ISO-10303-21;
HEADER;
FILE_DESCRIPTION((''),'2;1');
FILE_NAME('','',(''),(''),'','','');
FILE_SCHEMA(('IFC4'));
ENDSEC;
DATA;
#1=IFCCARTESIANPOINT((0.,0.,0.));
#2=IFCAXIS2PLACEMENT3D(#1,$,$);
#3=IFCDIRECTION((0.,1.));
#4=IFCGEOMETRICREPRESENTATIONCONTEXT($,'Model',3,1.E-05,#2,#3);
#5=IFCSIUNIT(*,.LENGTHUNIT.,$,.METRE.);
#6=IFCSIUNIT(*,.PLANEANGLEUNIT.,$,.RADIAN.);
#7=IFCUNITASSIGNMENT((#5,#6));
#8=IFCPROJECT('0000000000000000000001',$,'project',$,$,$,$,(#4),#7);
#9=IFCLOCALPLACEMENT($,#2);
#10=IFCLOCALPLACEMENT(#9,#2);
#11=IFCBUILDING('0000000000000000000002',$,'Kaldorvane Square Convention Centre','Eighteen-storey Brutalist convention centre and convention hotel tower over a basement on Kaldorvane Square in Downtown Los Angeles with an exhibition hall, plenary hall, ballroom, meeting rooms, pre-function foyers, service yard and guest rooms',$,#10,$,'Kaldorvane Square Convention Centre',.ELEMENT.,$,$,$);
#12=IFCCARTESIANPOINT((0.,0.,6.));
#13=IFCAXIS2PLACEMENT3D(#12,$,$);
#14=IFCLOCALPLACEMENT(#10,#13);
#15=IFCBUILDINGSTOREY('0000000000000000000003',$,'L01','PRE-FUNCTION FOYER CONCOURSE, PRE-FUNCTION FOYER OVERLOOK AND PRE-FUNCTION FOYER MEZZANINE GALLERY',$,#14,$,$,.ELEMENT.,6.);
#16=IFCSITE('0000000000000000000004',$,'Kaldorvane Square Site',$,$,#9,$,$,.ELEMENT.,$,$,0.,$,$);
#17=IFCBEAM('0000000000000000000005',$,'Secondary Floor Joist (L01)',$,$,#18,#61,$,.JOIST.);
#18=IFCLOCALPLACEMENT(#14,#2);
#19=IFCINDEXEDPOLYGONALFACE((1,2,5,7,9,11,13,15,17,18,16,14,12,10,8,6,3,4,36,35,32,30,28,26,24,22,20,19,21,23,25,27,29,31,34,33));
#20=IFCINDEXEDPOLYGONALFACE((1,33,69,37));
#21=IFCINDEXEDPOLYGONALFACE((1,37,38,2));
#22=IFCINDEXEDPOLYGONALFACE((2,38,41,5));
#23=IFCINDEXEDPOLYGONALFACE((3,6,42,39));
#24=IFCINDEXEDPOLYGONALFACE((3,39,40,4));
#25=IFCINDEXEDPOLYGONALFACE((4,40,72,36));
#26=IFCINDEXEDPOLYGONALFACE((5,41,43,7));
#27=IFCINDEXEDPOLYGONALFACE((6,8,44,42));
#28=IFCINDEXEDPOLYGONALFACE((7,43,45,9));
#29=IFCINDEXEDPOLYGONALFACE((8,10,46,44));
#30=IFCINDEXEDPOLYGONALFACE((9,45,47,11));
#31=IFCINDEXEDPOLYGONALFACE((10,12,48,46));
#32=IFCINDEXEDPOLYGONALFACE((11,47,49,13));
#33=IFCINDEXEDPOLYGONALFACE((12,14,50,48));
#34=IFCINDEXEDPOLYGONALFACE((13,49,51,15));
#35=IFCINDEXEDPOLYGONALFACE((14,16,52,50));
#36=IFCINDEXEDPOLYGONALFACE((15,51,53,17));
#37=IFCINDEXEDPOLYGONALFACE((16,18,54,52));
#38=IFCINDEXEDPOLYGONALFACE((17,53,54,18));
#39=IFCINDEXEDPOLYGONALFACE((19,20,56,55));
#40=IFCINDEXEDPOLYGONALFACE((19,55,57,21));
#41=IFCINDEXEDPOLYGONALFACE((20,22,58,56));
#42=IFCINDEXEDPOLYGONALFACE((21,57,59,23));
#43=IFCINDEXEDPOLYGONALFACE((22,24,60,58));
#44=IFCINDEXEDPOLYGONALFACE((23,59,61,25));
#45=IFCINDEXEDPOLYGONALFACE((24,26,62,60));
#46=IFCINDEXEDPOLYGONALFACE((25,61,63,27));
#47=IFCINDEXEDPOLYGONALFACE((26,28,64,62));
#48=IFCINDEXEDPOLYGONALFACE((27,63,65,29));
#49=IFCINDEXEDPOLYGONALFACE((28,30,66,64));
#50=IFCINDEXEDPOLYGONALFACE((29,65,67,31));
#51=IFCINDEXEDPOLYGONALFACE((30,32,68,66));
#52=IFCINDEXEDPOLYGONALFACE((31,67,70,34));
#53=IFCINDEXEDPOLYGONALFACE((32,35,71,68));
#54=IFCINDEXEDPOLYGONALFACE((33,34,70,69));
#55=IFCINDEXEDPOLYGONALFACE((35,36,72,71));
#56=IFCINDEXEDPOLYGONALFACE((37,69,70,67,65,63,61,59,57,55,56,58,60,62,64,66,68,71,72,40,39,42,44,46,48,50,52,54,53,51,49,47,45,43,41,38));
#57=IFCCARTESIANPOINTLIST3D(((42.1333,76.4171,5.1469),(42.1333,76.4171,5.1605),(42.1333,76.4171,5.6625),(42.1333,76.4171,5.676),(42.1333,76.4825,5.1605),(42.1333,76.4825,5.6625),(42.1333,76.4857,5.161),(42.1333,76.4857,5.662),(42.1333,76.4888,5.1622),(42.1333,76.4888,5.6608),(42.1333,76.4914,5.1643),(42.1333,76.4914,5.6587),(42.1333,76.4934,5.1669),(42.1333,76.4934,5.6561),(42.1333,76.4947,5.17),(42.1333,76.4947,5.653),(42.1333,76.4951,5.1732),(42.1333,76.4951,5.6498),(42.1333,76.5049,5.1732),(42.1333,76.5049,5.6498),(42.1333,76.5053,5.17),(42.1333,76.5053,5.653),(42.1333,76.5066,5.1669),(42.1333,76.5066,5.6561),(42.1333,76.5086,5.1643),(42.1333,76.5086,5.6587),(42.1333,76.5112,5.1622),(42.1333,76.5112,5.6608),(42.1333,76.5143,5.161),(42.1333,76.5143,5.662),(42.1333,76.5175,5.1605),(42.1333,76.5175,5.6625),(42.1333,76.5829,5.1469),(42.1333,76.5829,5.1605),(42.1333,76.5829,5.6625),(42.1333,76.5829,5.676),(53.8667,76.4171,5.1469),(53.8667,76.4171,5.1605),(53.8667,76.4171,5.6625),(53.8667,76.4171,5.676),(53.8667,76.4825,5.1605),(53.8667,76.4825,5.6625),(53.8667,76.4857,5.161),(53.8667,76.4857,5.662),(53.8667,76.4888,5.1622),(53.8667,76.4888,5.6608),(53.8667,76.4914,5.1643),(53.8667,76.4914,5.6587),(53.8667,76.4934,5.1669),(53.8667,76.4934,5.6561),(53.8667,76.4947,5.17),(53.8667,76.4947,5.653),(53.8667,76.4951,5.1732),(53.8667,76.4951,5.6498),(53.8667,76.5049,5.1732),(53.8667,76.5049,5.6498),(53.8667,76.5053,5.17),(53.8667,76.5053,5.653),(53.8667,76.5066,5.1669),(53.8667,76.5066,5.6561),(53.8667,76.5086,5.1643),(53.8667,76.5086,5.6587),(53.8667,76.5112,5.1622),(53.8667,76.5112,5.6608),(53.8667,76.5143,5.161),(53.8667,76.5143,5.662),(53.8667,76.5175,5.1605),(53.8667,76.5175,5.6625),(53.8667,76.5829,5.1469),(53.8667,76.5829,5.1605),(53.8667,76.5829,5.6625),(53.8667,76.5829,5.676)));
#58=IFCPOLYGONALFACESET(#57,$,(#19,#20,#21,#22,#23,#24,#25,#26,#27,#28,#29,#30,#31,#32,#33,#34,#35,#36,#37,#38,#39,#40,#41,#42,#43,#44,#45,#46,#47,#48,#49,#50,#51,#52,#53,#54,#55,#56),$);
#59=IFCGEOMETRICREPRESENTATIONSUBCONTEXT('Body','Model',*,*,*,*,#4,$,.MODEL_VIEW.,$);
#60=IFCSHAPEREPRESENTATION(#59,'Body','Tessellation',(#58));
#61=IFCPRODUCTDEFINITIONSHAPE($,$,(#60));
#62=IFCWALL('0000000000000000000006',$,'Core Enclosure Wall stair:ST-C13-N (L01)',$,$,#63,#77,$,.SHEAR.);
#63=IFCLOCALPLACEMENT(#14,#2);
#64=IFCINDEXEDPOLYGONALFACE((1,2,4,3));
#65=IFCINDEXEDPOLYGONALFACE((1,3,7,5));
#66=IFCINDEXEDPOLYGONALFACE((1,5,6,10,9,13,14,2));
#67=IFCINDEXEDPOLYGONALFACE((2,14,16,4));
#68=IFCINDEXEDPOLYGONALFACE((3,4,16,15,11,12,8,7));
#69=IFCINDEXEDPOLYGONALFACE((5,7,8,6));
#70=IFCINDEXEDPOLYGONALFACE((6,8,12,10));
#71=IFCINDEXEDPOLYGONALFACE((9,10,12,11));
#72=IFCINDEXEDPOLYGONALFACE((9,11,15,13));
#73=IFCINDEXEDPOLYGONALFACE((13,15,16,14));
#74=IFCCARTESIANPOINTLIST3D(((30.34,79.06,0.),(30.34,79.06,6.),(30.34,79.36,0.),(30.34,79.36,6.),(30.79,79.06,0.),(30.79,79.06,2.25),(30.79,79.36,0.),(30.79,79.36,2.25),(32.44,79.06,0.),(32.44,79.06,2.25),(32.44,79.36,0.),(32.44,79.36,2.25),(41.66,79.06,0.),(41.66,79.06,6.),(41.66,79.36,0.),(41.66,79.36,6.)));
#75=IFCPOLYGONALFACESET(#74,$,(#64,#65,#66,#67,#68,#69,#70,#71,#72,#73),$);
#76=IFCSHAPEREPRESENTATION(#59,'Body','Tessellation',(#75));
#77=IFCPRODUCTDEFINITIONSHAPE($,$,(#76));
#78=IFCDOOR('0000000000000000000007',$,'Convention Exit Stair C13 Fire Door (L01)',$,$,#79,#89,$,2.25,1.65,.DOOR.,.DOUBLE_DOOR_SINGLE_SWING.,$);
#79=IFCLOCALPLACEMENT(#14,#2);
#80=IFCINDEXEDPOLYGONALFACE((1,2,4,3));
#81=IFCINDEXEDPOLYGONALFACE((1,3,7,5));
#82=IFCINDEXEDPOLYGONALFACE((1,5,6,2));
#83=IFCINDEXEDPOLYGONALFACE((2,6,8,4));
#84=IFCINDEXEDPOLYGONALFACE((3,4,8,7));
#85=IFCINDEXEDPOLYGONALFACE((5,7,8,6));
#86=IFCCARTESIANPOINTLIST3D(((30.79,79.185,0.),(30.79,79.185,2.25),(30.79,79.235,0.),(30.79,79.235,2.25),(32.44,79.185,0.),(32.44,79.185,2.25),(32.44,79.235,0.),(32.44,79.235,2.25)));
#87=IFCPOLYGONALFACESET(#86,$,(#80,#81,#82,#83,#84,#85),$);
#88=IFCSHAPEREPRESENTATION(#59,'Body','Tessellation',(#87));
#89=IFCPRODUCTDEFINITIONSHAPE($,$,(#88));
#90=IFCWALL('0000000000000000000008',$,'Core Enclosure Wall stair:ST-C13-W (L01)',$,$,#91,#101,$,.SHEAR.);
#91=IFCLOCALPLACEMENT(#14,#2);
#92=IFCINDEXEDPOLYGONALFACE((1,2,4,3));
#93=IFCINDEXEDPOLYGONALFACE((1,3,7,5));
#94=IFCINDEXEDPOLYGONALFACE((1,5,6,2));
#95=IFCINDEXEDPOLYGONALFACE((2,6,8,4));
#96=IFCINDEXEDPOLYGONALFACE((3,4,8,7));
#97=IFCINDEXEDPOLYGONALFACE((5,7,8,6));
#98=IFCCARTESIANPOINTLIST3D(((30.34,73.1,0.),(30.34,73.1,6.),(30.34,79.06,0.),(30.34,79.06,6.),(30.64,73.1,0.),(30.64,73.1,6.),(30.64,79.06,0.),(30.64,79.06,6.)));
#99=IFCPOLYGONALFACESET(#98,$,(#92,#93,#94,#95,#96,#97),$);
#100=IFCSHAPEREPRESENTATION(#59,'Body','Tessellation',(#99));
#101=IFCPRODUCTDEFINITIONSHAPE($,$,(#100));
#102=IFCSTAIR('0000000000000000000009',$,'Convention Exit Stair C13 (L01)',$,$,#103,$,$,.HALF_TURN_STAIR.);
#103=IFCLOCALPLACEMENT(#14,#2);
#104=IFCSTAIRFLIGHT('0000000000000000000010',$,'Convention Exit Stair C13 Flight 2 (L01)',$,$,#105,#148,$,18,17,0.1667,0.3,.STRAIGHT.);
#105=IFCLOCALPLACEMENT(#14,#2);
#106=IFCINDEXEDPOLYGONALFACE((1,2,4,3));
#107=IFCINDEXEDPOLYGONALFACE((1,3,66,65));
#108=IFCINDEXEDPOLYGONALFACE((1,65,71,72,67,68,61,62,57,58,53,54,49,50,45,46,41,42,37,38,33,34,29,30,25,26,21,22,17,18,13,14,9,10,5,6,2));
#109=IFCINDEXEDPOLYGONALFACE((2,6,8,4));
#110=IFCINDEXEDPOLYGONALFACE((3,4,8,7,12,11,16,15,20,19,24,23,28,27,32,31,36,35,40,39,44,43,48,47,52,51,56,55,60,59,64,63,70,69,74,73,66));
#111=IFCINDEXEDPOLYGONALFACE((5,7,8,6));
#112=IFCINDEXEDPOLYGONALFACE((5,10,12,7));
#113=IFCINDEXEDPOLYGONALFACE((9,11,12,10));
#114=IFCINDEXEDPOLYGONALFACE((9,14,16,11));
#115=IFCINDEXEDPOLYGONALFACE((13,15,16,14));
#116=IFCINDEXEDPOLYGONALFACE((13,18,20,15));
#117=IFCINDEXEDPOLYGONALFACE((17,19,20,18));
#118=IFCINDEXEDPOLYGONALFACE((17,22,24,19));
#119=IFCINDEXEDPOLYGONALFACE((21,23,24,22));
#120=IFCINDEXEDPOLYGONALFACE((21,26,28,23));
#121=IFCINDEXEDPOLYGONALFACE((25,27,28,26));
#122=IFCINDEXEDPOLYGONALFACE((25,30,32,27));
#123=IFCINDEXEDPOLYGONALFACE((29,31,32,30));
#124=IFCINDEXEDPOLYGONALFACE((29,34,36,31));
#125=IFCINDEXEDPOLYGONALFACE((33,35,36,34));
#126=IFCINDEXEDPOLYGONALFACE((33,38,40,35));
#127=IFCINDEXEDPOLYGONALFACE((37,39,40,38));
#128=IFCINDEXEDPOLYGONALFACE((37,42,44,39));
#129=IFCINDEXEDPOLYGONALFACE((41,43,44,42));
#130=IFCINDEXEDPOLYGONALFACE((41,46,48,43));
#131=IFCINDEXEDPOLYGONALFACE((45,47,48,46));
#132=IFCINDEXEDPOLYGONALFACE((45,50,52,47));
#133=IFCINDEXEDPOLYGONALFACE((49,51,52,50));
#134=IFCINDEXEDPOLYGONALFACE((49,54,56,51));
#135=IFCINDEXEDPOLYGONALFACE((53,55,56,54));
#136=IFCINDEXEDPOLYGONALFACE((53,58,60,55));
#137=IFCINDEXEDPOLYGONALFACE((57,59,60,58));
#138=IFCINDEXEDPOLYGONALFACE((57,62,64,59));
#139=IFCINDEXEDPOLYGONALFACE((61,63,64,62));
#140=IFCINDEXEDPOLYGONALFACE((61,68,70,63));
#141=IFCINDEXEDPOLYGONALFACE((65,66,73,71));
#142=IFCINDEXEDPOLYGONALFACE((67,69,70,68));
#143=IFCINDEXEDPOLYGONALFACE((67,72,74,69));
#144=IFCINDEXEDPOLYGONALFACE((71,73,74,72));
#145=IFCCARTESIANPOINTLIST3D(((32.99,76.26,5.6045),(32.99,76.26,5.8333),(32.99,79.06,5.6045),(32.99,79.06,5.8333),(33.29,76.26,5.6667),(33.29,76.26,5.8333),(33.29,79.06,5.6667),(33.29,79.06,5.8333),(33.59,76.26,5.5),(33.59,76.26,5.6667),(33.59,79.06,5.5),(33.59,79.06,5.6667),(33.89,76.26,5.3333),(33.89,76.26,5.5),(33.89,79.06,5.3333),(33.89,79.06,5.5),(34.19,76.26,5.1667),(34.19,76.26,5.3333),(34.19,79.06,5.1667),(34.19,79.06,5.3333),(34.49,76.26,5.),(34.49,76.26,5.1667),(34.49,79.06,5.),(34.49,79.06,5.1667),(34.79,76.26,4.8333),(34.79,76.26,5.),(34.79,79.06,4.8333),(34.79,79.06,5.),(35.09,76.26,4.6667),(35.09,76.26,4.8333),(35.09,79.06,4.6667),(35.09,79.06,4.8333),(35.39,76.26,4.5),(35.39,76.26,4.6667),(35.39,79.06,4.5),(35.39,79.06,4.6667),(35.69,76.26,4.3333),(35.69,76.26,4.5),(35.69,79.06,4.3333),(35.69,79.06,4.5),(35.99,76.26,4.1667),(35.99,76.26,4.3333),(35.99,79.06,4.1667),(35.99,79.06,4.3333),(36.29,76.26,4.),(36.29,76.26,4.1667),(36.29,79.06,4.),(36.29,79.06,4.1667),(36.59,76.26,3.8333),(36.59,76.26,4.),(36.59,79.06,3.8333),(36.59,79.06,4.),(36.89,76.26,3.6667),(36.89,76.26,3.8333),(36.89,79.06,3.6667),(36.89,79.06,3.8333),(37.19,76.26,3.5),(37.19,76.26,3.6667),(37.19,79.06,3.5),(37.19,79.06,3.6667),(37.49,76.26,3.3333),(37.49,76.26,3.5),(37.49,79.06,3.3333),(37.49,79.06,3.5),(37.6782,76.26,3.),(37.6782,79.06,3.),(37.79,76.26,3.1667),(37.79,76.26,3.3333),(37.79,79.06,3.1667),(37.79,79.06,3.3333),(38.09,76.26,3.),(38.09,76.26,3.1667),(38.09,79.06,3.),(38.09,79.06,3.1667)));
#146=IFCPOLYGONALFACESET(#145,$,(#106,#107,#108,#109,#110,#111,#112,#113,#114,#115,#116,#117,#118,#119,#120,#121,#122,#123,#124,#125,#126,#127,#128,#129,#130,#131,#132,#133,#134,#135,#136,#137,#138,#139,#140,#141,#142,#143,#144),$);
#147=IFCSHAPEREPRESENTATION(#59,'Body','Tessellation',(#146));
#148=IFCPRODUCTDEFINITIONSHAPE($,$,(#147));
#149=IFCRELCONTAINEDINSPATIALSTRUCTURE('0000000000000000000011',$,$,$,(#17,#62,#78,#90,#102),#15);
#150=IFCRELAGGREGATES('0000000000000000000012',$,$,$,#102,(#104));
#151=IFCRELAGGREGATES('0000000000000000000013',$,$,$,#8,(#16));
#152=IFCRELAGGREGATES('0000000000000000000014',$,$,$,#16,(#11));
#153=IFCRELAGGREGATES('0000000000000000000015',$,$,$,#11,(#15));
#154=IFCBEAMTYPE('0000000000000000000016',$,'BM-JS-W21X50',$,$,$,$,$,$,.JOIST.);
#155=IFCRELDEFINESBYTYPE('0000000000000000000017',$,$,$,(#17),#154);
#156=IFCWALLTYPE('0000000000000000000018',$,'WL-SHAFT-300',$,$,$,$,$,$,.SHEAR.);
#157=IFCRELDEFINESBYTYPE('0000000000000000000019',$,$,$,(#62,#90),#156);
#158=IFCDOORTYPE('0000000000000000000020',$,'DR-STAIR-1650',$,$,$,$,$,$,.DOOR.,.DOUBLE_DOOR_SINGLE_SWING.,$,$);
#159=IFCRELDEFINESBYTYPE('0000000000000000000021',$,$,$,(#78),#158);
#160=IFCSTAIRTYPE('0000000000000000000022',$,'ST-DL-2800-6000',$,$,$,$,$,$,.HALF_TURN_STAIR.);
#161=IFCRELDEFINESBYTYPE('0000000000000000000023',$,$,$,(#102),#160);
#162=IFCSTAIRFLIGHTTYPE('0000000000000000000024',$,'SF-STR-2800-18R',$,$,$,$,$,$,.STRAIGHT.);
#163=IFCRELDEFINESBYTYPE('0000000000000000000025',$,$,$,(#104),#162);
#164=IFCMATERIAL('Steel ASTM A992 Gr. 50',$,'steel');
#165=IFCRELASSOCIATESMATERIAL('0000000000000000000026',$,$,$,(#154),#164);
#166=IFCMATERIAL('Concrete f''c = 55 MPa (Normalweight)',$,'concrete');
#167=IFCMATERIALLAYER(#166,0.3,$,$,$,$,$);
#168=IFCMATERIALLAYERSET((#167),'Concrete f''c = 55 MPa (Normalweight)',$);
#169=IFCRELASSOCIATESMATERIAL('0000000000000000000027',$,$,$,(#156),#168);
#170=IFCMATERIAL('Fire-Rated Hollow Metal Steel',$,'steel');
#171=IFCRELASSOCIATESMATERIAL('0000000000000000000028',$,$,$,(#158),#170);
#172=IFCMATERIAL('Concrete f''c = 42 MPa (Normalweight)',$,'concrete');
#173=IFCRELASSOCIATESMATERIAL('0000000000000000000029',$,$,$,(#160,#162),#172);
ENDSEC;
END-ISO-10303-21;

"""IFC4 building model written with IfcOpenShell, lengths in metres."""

from ifc_helpers import new_model, si_unit, direction, frame, frame_2d, origin, origin_2d, place, context, subcontext, project, spatial, polyline, rectangle, i_section, outline, extrude, material, layer, layer_set, material_profile, profile_set, type_object, element, fill, aggregate, save


model = new_model("IFC4")

# Units and contexts
model_context = context("Model", 3, precision=1e-05, world=origin(), true_north=direction((0.0, 1.0)))
body_context = subcontext(model_context, "Body", "Model", "MODEL_VIEW")
ifc_project = project(units=[si_unit("LENGTHUNIT", "METRE"), si_unit("PLANEANGLEUNIT", "RADIAN")], contexts=[model_context])

# Site, building, storey
site_placement = place(None, origin())
site = spatial("IfcSite", under=ifc_project, at=site_placement, Name="Kaldorvane Square Site", CompositionType="ELEMENT", RefElevation=0.0)
building_placement = place(site_placement, origin())
building = spatial("IfcBuilding", under=site, at=building_placement, Name="Kaldorvane Square Convention Centre", Description="Eighteen-storey Brutalist convention centre and convention hotel tower over a basement on Kaldorvane Square in Downtown Los Angeles with an exhibition hall, plenary hall, ballroom, meeting rooms, pre-function foyers, service yard and guest rooms", LongName="Kaldorvane Square Convention Centre", CompositionType="ELEMENT")
storey_placement = place(building_placement, frame((0.0, 0.0, 6.0)))
storey = spatial("IfcBuildingStorey", under=building, at=storey_placement, Name="L01", Description="PRE-FUNCTION FOYER CONCOURSE, PRE-FUNCTION FOYER OVERLOOK AND PRE-FUNCTION FOYER MEZZANINE GALLERY", CompositionType="ELEMENT", Elevation=6.0)

# Shared definitions
ifc_material_1 = material(Name="Concrete f'c = 55 MPa (Normalweight)", Category="concrete")
ifc_material_2 = material(Name="Steel ASTM A992 Gr. 50", Category="steel")

# Beam
ifc_material_profile_1 = material_profile(ifc_material_2, i_section(OverallWidth=0.1659, OverallDepth=0.5291, WebThickness=0.0097, FlangeThickness=0.0136, FilletRadius=0.0127, at=origin_2d()), Name="W21X50")
ifc_profile_set_1 = profile_set([ifc_material_profile_1], Name="Steel ASTM A992 Gr. 50")
beam_type_1 = type_object("IfcBeamType", Name="BM-JS-W21X50", PredefinedType="JOIST", material=ifc_profile_set_1)
beam_placement = place(storey_placement, frame((42.1333, 76.5, 5.4115), z_axis=(1.0, 0.0, 0.0), x_axis=(0.0, 1.0, 0.0)))
element("IfcBeam", 1, at=beam_placement, inside=storey, type_object=beam_type_1, Name="Secondary Floor Joist (L01)", PredefinedType="JOIST", context=body_context, shape_type="SweptSolid", body=[
    extrude(i_section(OverallWidth=0.1659, OverallDepth=0.5291, WebThickness=0.0097, FlangeThickness=0.0136, FilletRadius=0.0127, at=origin_2d()), origin(), (0.0, 0.0, 1.0), 11.7334),
])

# Wall, opening, door
ifc_layer = layer(ifc_material_1, 0.3)
ifc_layer_set = layer_set([ifc_layer], Name="Concrete f'c = 55 MPa (Normalweight)")
wall_type = type_object("IfcWallType", Name="WL-SHAFT-300", PredefinedType="SHEAR", material=ifc_layer_set)
wall_1_placement = place(storey_placement, frame((41.66, 79.21, 0.0), z_axis=(0.0, 0.0, 1.0), x_axis=(-1.0, 0.0, 0.0)))
wall_1 = element("IfcWall", 2, at=wall_1_placement, inside=storey, type_object=wall_type, Name="Core Enclosure Wall stair:ST-C13-N (L01)", PredefinedType="SHEAR", context=body_context, shape_type="SweptSolid", body=[
    extrude(rectangle(XDim=11.32, YDim=0.3, at=frame_2d((5.66, 0.0))), origin(), (0.0, 0.0, 1.0), 6.0),
])
opening_placement = place(wall_1_placement, frame((9.22, 0.0, 0.0)))
opening = element("IfcOpeningElement", 3, at=opening_placement, cuts=wall_1, PredefinedType="OPENING", context=body_context, shape_type="SweptSolid", body=[
    extrude(rectangle(XDim=1.65, YDim=2.25, at=frame_2d((0.825, 1.125))), frame((0.0, 0.165, 0.0), z_axis=(0.0, -1.0, 0.0), x_axis=(1.0, 0.0, 0.0)), (0.0, 0.0, 1.0), 0.33),
])
ifc_material_3 = material(Name="Fire-Rated Hollow Metal Steel", Category="steel")
door_type = type_object("IfcDoorType", Name="DR-STAIR-1650", OperationType="DOUBLE_DOOR_SINGLE_SWING", PredefinedType="DOOR", material=ifc_material_3)
door_placement = place(opening_placement, origin())
door = element("IfcDoor", 4, at=door_placement, inside=storey, type_object=door_type, Name="Convention Exit Stair C13 Fire Door (L01)", OperationType="DOUBLE_DOOR_SINGLE_SWING", OverallHeight=2.25, OverallWidth=1.65, PredefinedType="DOOR", context=body_context, shape_type="SweptSolid", body=[
    extrude(rectangle(XDim=1.65, YDim=2.25, at=frame_2d((0.825, 1.125))), frame((0.0, 0.025, 0.0), z_axis=(0.0, -1.0, 0.0), x_axis=(1.0, 0.0, 0.0)), (0.0, 0.0, 1.0), 0.05),
])
fill(opening, door)

# Wall
wall_2_placement = place(storey_placement, frame((30.49, 79.06, 0.0), z_axis=(0.0, 0.0, 1.0), x_axis=(0.0, -1.0, 0.0)))
element("IfcWall", 5, at=wall_2_placement, inside=storey, type_object=wall_type, Name="Core Enclosure Wall stair:ST-C13-W (L01)", PredefinedType="SHEAR", context=body_context, shape_type="SweptSolid", body=[
    extrude(rectangle(XDim=5.96, YDim=0.3, at=frame_2d((2.98, 0.0))), origin(), (0.0, 0.0, 1.0), 6.0),
])

# Stair, stair flight
ifc_material_4 = material(Name="Concrete f'c = 42 MPa (Normalweight)", Category="concrete")
stair_type = type_object("IfcStairType", Name="ST-DL-2800-6000", PredefinedType="HALF_TURN_STAIR", material=ifc_material_4)
stair_placement = place(storey_placement, origin())
stair = element("IfcStair", 6, at=stair_placement, inside=storey, type_object=stair_type, Name="Convention Exit Stair C13 (L01)", PredefinedType="HALF_TURN_STAIR")
stair_flight_type = type_object("IfcStairFlightType", Name="SF-STR-2800-18R", PredefinedType="STRAIGHT", material=ifc_material_4)
stair_flight_placement = place(storey_placement, frame((38.09, 77.66, 3.0), z_axis=(0.0, 0.0, 1.0), x_axis=(-1.0, 0.0, 0.0)))
stair_flight = element("IfcStairFlight", 7, at=stair_flight_placement, type_object=stair_flight_type, Name="Convention Exit Stair C13 Flight 2 (L01)", NumberOfRisers=18, NumberOfTreads=17, PredefinedType="STRAIGHT", RiserHeight=0.1667, TreadLength=0.3, context=body_context, shape_type="SweptSolid", body=[
    extrude(outline(polyline([(0.0, 0.0), (0.0, 0.1667), (0.3, 0.1667), (0.3, 0.3333), (0.6, 0.3333), (0.6, 0.5), (0.9, 0.5), (0.9, 0.6667), (1.2, 0.6667), (1.2, 0.8333), (1.5, 0.8333), (1.5, 1.0), (1.8, 1.0), (1.8, 1.1667), (2.1, 1.1667), (2.1, 1.3333), (2.4, 1.3333), (2.4, 1.5), (2.7, 1.5), (2.7, 1.6667), (3.0, 1.6667), (3.0, 1.8333), (3.3, 1.8333), (3.3, 2.0), (3.6, 2.0), (3.6, 2.1667), (3.9, 2.1667), (3.9, 2.3333), (4.2, 2.3333), (4.2, 2.5), (4.5, 2.5), (4.5, 2.6667), (4.8, 2.6667), (4.8, 2.8333), (5.1, 2.8333), (5.1, 3.0), (5.1, 2.6045), (0.4118, 0.0), (0.0, 0.0)])), frame((0.0, 1.4, 0.0), z_axis=(0.0, -1.0, 0.0), x_axis=(1.0, 0.0, 0.0)), (0.0, 0.0, 1.0), 2.8),
])
aggregate(stair, [stair_flight])

save(model, "model.ifc")
